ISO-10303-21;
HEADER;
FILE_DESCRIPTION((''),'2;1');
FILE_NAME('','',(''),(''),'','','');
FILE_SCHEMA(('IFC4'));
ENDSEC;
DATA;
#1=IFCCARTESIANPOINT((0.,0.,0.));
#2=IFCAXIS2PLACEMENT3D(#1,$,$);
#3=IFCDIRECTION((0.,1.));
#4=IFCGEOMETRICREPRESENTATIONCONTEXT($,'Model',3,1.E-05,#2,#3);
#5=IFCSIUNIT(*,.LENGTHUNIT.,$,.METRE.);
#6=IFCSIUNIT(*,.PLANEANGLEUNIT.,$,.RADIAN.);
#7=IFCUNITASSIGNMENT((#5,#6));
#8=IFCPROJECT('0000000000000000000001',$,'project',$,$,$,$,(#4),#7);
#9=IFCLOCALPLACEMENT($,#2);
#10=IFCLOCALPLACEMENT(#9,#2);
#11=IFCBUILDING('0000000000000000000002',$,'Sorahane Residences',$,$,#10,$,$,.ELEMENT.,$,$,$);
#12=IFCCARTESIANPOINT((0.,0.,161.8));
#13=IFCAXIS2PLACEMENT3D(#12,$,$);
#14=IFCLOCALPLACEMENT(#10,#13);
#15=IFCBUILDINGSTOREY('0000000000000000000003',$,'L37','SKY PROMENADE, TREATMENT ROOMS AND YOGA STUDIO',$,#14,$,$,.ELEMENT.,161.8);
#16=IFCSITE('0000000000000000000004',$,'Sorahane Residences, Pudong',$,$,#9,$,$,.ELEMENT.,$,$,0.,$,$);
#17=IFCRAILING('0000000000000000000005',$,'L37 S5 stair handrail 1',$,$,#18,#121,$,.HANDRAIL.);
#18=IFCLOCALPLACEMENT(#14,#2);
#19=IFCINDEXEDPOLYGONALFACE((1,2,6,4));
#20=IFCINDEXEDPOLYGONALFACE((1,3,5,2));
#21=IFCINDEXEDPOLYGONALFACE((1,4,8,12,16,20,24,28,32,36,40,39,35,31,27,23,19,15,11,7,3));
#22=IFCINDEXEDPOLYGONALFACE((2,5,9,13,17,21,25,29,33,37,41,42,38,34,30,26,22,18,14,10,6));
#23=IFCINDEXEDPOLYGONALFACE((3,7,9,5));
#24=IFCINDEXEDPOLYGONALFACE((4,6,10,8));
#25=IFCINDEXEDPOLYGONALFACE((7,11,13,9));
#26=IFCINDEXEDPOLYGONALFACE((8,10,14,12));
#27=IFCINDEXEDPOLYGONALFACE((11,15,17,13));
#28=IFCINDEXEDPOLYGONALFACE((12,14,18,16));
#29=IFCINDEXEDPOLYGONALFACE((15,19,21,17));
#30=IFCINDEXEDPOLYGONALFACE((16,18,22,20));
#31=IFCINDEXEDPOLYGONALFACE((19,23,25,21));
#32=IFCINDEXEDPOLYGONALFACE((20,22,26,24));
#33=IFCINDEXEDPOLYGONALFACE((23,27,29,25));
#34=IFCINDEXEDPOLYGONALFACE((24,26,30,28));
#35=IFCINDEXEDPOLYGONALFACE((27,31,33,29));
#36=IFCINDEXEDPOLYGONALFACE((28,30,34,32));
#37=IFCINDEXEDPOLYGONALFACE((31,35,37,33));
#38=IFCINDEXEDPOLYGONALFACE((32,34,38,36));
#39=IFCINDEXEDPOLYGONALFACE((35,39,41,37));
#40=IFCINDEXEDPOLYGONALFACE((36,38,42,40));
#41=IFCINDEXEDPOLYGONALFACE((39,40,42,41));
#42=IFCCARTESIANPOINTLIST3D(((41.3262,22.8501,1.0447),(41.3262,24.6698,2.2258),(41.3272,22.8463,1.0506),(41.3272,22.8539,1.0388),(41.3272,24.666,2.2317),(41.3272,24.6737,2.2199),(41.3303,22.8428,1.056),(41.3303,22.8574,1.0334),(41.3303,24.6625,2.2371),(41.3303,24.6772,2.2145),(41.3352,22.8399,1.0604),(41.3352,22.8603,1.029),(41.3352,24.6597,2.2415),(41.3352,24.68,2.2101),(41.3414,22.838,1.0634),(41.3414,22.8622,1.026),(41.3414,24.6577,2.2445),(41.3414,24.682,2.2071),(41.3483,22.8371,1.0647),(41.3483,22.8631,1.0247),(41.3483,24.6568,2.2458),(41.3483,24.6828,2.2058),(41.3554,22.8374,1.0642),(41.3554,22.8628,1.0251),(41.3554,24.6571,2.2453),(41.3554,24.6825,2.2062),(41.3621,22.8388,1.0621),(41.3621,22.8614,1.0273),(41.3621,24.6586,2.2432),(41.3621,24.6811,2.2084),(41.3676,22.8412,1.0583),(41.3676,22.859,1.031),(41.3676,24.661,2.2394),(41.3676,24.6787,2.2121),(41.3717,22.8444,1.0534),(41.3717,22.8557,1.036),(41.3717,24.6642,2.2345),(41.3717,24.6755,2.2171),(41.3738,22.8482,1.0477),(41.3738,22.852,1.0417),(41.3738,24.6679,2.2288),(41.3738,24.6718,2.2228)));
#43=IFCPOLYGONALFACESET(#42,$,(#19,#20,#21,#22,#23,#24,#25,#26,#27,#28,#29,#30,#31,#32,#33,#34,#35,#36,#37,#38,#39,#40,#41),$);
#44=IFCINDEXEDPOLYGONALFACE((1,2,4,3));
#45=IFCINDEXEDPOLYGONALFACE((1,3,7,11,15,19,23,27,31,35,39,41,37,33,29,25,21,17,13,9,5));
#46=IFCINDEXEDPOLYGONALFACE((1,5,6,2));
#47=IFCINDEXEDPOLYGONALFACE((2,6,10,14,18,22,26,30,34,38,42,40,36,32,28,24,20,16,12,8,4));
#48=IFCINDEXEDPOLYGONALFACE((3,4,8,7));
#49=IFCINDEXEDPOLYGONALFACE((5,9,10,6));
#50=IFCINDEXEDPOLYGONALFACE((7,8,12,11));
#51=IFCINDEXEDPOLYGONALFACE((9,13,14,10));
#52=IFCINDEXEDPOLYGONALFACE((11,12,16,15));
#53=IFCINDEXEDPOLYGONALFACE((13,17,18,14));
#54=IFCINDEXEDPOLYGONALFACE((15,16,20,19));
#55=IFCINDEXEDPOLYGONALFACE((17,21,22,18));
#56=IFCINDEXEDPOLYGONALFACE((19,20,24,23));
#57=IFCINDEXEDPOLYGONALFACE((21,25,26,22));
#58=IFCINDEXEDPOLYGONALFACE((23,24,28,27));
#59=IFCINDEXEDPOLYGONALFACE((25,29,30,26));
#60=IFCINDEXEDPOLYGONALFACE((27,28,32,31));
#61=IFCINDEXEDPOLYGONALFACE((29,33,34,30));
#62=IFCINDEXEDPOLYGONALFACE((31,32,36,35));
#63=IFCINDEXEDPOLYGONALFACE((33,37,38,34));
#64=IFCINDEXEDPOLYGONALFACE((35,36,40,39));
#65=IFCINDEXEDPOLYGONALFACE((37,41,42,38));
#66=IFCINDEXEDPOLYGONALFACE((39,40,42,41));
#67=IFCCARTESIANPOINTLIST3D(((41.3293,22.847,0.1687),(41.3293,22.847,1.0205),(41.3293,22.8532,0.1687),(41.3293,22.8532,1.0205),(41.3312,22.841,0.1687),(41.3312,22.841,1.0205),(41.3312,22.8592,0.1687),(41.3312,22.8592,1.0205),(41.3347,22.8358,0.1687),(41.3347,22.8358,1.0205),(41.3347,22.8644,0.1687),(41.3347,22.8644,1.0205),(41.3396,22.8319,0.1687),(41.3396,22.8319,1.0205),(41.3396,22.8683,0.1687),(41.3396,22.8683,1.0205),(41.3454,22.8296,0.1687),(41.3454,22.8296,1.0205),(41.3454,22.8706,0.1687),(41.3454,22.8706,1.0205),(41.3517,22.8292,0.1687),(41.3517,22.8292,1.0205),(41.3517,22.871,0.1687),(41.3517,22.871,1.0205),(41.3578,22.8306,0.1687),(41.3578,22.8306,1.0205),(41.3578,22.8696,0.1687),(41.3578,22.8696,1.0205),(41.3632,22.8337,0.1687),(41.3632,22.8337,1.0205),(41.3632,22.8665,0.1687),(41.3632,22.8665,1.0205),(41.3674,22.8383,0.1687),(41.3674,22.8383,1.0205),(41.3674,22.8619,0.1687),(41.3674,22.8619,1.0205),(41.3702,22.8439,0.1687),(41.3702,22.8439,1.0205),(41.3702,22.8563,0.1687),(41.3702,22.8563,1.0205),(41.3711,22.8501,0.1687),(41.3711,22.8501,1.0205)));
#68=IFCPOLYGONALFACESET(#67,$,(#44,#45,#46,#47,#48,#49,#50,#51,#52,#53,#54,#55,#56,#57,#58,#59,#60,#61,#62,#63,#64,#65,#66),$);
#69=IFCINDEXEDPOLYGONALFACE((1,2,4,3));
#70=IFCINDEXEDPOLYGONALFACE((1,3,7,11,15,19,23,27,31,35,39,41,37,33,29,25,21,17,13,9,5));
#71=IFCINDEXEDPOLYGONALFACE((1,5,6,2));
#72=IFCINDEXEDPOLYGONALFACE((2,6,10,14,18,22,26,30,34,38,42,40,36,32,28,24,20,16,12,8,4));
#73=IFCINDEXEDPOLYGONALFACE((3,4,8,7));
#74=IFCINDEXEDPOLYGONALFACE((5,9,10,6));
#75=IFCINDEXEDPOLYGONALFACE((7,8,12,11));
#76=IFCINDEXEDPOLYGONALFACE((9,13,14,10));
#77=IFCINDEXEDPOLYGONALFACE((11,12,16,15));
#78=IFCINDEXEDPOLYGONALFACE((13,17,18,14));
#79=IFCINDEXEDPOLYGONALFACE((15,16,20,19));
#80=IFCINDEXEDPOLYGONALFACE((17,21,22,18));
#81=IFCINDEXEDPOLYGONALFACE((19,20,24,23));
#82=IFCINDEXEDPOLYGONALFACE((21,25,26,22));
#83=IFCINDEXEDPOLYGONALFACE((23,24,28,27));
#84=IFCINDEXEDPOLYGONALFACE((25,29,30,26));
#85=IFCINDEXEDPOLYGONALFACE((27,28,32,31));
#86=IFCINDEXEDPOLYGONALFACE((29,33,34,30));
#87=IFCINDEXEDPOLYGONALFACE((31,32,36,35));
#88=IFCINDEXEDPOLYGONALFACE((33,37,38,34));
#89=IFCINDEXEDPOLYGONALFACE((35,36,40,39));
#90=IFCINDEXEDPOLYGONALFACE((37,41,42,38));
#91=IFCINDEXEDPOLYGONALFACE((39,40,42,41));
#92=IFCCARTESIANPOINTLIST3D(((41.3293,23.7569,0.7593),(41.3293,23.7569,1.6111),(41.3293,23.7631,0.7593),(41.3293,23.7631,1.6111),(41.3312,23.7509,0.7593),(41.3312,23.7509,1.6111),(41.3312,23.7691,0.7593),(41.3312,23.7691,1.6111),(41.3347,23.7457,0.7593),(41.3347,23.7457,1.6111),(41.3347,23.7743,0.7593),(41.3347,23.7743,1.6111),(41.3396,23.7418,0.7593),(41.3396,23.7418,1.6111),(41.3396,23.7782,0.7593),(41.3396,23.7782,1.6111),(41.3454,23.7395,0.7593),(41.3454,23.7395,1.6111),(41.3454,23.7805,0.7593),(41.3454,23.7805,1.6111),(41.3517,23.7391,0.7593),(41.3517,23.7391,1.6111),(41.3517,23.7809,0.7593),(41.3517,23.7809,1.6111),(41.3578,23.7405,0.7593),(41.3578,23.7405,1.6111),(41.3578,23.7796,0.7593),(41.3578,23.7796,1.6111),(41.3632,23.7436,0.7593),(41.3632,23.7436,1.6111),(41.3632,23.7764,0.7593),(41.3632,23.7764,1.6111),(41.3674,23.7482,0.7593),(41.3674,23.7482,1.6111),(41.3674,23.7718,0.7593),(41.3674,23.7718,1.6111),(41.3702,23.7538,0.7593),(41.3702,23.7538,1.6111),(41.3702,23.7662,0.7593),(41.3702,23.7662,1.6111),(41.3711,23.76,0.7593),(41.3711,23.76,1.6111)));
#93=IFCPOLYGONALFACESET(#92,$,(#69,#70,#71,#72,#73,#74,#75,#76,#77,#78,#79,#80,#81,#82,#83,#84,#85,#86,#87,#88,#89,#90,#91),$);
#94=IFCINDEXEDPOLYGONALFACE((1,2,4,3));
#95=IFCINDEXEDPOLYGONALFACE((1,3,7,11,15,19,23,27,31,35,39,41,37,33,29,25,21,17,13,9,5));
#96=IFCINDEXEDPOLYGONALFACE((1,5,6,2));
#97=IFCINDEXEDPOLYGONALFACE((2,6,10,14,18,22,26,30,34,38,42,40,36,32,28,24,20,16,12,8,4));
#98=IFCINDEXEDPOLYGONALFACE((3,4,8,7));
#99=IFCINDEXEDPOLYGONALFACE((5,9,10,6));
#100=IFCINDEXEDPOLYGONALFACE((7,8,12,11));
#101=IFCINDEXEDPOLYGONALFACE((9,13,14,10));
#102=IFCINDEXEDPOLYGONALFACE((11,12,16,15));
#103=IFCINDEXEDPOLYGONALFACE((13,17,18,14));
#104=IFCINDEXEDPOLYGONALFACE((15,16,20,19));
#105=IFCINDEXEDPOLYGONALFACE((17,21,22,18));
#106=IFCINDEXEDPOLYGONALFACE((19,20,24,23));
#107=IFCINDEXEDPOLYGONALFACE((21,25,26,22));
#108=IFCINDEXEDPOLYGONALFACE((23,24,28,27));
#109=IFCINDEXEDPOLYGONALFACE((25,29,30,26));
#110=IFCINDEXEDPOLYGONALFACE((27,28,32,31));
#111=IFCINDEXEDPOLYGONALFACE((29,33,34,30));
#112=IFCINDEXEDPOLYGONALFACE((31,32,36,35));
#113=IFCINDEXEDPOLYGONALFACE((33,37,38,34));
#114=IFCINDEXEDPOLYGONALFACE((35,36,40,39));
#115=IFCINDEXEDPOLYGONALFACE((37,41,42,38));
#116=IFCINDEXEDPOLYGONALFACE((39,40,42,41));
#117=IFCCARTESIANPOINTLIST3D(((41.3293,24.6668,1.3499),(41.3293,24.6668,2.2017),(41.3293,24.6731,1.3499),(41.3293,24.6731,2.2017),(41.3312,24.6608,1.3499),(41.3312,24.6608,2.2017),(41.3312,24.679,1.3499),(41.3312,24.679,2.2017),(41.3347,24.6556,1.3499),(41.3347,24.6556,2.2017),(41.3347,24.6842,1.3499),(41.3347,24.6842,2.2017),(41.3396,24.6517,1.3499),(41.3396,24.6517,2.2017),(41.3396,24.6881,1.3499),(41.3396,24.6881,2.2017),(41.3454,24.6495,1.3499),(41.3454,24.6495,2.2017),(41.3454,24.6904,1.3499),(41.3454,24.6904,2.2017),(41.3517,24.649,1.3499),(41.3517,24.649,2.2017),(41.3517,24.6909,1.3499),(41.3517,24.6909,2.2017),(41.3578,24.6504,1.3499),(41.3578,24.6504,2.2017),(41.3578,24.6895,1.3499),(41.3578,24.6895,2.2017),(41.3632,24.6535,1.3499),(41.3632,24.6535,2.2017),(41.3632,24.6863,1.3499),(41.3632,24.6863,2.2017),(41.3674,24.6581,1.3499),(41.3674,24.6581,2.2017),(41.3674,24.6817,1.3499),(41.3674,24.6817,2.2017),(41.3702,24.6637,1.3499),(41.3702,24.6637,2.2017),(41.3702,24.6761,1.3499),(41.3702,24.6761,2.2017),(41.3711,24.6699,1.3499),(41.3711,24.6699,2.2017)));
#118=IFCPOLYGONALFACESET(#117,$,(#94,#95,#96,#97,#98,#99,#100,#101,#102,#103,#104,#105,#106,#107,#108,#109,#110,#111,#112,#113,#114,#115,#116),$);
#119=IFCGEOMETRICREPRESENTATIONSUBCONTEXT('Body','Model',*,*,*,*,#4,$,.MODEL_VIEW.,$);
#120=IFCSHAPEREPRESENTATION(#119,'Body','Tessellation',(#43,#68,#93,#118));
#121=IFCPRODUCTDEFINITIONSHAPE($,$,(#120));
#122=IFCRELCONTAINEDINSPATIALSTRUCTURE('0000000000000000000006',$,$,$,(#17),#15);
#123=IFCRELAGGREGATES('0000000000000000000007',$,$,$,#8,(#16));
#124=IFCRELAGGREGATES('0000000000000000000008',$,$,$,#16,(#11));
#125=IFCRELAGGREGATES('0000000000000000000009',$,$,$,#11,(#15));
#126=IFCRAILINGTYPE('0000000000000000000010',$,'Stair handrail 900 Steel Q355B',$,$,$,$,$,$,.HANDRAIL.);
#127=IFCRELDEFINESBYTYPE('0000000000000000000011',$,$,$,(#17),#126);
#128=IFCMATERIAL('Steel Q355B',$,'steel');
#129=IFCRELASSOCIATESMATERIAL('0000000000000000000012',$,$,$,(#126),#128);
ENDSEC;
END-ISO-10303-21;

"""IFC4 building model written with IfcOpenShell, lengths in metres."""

from ifc_helpers import new_model, si_unit, direction, frame, origin, origin_2d, place, context, subcontext, project, spatial, circle, extrude, material, type_object, element, save


model = new_model("IFC4")

# Units and contexts
model_context = context("Model", 3, precision=1e-05, world=origin(), true_north=direction((0.0, 1.0)))
body_context = subcontext(model_context, "Body", "Model", "MODEL_VIEW")
ifc_project = project(units=[si_unit("LENGTHUNIT", "METRE"), si_unit("PLANEANGLEUNIT", "RADIAN")], contexts=[model_context])

# Site, building, storey
site_placement = place(None, origin())
site = spatial("IfcSite", under=ifc_project, at=site_placement, Name="Sorahane Residences, Pudong", CompositionType="ELEMENT", RefElevation=0.0)
building_placement = place(site_placement, origin())
building = spatial("IfcBuilding", under=site, at=building_placement, Name="Sorahane Residences", CompositionType="ELEMENT")
storey_placement = place(building_placement, frame((0.0, 0.0, 161.8)))
storey = spatial("IfcBuildingStorey", under=building, at=storey_placement, Name="L37", Description="SKY PROMENADE, TREATMENT ROOMS AND YOGA STUDIO", CompositionType="ELEMENT", Elevation=161.8)

# Railing
ifc_material_1 = material(Name="Steel Q355B", Category="steel")
railing_type_1 = type_object("IfcRailingType", Name="Stair handrail 900 Steel Q355B", PredefinedType="HANDRAIL", material=ifc_material_1)
railing_1_placement = place(storey_placement, frame((41.3501, 22.8501, 0.1687)))
element("IfcRailing", 1, at=railing_1_placement, inside=storey, type_object=railing_type_1, Name="L37 S5 stair handrail 1", PredefinedType="HANDRAIL", context=body_context, shape_type="SweptSolid", body=[
    extrude(circle(Radius=0.0239, at=origin_2d()), frame((0.0, 0.0, 0.876), z_axis=(0.0, 0.838809, 0.544427), x_axis=(-1.0, 0.0, 0.0)), (0.0, 0.0, 1.0), 2.1694),
    extrude(circle(Radius=0.021, at=origin_2d()), origin(), (0.0, 0.0, 1.0), 0.8518),
    extrude(circle(Radius=0.021, at=origin_2d()), frame((0.0, 0.9099, 0.5906)), (0.0, 0.0, 1.0), 0.8518),
    extrude(circle(Radius=0.021, at=origin_2d()), frame((0.0, 1.8198, 1.1812)), (0.0, 0.0, 1.0), 0.8518),
])

save(model, "model.ifc")
